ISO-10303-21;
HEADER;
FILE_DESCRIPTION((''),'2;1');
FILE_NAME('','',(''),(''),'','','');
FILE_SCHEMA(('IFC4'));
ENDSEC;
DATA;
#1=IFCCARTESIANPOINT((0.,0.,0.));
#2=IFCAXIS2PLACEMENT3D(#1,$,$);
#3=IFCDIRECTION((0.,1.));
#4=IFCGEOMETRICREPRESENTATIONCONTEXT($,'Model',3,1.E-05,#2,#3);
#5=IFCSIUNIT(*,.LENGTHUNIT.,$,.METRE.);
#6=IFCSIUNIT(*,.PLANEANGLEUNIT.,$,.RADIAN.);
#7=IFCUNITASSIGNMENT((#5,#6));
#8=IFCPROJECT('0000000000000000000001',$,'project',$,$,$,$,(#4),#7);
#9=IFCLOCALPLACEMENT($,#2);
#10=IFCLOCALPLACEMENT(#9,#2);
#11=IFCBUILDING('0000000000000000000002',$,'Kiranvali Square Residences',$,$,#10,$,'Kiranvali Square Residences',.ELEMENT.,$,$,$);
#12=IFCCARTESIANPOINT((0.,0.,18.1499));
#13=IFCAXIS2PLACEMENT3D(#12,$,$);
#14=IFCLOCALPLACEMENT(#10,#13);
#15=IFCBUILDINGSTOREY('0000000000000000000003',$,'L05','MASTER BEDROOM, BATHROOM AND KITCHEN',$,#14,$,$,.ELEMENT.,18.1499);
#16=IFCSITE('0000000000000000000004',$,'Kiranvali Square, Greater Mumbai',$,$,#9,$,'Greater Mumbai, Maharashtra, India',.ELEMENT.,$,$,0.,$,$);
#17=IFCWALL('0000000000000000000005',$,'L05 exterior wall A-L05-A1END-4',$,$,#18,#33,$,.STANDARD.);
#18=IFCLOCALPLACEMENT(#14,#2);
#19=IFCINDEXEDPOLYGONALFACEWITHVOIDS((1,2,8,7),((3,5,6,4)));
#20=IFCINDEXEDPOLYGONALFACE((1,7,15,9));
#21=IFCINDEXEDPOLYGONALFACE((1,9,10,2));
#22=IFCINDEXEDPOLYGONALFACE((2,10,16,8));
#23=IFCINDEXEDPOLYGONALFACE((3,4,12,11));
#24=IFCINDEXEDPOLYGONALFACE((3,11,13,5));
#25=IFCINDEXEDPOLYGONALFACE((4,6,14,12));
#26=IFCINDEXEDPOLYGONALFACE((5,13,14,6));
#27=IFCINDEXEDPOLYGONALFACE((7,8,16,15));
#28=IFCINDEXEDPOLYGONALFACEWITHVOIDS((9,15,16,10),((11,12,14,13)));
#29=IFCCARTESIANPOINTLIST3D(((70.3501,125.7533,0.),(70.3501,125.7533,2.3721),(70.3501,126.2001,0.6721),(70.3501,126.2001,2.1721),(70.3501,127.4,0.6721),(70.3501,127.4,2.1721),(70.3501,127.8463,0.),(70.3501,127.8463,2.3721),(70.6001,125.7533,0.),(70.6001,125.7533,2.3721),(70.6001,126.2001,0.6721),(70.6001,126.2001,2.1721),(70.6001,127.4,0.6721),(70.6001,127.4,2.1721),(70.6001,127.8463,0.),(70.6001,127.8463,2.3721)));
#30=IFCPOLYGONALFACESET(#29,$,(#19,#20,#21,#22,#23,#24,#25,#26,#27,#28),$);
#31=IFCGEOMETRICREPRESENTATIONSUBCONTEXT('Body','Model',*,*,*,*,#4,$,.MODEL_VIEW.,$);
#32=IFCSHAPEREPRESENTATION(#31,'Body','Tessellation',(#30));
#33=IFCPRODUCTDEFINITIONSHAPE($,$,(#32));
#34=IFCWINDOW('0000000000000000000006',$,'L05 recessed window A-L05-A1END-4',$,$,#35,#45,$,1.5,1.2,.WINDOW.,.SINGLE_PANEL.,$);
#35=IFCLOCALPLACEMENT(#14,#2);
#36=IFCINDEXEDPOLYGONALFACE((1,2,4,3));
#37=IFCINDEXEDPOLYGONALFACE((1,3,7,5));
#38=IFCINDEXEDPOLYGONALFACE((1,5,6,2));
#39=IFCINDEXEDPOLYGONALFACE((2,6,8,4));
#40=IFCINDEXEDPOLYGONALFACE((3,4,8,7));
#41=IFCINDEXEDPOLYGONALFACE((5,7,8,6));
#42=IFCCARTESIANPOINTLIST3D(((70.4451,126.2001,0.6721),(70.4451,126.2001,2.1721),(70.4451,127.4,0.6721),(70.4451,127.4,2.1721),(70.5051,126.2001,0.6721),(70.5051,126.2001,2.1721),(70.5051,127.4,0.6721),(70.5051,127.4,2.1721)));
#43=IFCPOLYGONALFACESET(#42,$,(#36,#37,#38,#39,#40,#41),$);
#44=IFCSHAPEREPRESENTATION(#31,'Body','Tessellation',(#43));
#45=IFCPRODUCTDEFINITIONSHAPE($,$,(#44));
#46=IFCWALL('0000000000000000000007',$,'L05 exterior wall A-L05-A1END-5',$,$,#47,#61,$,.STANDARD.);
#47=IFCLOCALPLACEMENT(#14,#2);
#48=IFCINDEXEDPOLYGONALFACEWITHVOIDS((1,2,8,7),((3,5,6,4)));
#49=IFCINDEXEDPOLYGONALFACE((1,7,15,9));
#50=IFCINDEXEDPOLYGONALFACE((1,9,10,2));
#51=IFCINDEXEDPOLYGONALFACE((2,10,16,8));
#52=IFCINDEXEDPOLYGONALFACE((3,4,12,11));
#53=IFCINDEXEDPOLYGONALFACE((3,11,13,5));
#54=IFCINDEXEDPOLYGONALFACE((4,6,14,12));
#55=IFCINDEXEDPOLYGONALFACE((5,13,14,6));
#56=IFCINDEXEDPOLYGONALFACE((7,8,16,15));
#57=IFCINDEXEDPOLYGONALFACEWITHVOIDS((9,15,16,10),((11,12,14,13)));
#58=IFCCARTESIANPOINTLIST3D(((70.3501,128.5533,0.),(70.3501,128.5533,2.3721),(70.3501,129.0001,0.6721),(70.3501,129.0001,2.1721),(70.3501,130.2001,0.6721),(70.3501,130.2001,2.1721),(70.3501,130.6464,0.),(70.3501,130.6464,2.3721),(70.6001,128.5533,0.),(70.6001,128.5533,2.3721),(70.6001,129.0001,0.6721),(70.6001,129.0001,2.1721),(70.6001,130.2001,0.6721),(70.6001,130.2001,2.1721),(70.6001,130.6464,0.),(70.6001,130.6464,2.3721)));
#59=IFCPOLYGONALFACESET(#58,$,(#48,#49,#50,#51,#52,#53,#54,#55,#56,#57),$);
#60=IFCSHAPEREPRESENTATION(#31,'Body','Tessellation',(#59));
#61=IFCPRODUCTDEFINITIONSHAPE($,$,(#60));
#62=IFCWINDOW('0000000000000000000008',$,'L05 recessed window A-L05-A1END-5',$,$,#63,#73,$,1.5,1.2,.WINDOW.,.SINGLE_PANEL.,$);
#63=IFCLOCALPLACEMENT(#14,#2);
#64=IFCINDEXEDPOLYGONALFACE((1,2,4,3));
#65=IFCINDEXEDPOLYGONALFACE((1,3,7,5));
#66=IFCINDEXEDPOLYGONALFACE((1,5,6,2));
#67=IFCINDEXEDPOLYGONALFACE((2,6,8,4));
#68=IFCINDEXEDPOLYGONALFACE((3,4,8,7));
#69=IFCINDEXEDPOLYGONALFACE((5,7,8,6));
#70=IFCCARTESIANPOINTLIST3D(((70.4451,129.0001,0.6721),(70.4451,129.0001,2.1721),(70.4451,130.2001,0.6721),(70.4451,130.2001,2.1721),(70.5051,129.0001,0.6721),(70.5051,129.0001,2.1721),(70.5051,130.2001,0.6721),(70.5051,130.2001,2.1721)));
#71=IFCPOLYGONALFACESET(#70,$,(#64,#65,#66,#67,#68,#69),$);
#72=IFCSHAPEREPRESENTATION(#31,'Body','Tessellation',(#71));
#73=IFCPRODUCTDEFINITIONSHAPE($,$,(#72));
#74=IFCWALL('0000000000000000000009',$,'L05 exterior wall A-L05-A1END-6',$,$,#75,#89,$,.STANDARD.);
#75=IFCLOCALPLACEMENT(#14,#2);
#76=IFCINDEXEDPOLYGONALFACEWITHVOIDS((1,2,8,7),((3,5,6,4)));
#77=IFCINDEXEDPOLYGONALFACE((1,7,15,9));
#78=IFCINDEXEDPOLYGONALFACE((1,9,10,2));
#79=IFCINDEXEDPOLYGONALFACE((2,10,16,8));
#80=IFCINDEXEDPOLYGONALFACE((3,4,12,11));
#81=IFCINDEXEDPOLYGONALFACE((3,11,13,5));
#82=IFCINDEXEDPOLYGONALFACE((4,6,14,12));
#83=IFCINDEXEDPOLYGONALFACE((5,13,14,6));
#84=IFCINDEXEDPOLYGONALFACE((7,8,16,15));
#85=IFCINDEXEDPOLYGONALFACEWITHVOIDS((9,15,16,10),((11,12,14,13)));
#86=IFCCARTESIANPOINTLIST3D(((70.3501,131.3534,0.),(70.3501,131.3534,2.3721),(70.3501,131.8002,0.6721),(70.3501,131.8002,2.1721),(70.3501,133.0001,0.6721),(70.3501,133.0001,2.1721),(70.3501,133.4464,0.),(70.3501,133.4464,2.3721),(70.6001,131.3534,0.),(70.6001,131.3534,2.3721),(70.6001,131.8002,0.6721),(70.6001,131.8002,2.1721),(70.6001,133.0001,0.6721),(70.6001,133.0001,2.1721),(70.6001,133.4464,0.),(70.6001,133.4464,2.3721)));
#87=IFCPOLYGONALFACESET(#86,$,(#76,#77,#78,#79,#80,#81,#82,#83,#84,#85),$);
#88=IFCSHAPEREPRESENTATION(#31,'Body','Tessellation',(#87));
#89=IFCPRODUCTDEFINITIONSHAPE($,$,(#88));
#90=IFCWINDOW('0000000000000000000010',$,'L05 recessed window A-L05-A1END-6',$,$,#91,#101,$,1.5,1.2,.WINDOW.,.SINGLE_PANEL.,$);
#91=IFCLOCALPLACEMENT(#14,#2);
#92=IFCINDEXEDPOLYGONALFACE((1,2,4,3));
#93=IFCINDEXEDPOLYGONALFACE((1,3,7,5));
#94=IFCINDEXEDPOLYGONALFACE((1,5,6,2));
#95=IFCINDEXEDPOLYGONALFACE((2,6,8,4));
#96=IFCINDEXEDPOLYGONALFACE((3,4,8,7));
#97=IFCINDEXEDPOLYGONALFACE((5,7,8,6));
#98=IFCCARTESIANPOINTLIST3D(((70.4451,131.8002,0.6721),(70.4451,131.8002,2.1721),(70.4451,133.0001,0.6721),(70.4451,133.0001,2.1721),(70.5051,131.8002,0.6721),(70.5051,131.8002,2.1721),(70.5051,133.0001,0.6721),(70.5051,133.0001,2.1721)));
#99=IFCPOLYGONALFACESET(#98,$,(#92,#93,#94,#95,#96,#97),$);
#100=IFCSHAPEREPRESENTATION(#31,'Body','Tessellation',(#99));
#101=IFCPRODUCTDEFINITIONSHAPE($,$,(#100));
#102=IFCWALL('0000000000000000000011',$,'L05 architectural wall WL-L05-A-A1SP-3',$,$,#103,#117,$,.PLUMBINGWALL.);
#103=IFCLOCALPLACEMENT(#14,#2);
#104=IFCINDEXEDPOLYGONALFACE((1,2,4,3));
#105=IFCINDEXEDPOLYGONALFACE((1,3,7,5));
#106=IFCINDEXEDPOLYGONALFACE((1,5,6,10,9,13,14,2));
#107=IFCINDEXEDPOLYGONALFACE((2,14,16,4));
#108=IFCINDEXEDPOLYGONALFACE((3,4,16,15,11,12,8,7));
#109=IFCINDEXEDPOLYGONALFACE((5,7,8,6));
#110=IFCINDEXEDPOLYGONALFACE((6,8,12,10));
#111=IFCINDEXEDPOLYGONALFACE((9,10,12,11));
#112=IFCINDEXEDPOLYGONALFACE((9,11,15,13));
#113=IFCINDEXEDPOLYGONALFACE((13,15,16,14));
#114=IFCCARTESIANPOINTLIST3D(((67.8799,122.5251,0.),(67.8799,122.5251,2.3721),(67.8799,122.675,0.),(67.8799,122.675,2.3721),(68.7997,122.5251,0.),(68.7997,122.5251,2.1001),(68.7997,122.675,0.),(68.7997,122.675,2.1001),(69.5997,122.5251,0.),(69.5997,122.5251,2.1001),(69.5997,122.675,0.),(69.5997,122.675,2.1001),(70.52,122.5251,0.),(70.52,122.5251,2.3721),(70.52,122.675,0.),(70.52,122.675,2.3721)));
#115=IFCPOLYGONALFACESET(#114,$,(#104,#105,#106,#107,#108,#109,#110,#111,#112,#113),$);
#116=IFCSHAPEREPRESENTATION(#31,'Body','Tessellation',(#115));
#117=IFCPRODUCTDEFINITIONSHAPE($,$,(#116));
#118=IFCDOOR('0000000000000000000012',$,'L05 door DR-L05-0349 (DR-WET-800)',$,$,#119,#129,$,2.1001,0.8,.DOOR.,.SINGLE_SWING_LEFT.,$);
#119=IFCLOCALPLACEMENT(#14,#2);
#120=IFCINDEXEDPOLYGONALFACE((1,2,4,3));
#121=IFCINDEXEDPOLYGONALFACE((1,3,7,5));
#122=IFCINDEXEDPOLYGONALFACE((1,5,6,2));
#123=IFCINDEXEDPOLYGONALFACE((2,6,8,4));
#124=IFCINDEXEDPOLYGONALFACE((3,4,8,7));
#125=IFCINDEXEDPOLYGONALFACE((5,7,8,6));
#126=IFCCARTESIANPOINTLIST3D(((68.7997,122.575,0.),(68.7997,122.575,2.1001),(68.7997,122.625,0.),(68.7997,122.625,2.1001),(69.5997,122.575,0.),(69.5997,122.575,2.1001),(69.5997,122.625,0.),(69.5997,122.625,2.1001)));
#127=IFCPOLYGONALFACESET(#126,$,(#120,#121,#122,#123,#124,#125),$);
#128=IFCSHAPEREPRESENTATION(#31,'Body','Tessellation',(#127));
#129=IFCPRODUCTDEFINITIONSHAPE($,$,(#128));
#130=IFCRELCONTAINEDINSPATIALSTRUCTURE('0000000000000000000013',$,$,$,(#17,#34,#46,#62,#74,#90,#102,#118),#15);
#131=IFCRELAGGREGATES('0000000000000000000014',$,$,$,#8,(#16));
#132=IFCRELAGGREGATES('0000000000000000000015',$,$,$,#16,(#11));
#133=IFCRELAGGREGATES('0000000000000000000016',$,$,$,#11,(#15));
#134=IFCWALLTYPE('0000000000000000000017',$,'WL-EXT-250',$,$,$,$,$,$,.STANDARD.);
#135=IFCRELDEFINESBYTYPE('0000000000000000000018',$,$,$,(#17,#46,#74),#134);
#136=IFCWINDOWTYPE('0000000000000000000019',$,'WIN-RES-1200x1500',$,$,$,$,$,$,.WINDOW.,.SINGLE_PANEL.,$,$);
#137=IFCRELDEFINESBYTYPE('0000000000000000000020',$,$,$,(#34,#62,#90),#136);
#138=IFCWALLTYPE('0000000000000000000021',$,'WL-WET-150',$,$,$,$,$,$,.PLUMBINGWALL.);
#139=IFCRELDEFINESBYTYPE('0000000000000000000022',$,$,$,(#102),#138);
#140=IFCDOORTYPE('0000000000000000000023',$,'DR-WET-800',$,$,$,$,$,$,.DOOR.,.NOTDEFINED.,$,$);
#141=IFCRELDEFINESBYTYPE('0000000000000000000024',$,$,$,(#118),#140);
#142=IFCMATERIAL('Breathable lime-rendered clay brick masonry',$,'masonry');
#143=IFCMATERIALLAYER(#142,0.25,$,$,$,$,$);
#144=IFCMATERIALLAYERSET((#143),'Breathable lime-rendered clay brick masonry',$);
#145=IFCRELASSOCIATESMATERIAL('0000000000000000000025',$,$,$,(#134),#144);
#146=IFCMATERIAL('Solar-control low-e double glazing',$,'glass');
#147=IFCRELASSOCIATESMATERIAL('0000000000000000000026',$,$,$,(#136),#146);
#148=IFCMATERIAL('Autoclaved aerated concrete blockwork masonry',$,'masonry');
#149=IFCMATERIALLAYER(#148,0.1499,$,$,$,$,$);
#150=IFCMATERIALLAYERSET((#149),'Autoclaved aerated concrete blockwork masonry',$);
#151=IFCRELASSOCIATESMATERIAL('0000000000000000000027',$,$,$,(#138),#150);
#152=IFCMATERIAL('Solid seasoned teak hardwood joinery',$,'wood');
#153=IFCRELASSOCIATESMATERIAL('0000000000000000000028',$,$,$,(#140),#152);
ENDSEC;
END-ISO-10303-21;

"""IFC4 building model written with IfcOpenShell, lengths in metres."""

from ifc_helpers import new_model, si_unit, direction, frame, frame_2d, origin, place, context, subcontext, project, spatial, rectangle, extrude, material, layer, layer_set, type_object, element, fill, save


model = new_model("IFC4")

# Units and contexts
model_context = context("Model", 3, precision=1e-05, world=origin(), true_north=direction((0.0, 1.0)))
body_context = subcontext(model_context, "Body", "Model", "MODEL_VIEW")
ifc_project = project(units=[si_unit("LENGTHUNIT", "METRE"), si_unit("PLANEANGLEUNIT", "RADIAN")], contexts=[model_context])

# Site, building, storey
site_placement = place(None, origin())
site = spatial("IfcSite", under=ifc_project, at=site_placement, Name="Kiranvali Square, Greater Mumbai", LongName="Greater Mumbai, Maharashtra, India", CompositionType="ELEMENT", RefElevation=0.0)
building_placement = place(site_placement, origin())
building = spatial("IfcBuilding", under=site, at=building_placement, Name="Kiranvali Square Residences", LongName="Kiranvali Square Residences", CompositionType="ELEMENT")
storey_placement = place(building_placement, frame((0.0, 0.0, 18.1499)))
storey = spatial("IfcBuildingStorey", under=building, at=storey_placement, Name="L05", Description="MASTER BEDROOM, BATHROOM AND KITCHEN", CompositionType="ELEMENT", Elevation=18.1499)

# Walls, openings, windows
ifc_material_1 = material(Name="Breathable lime-rendered clay brick masonry", Category="masonry")
ifc_layer_1 = layer(ifc_material_1, 0.25)
ifc_layer_set_1 = layer_set([ifc_layer_1], Name="Breathable lime-rendered clay brick masonry")
wall_type_1 = type_object("IfcWallType", Name="WL-EXT-250", PredefinedType="STANDARD", material=ifc_layer_set_1)
ifc_material_2 = material(Name="Solar-control low-e double glazing", Category="glass")
window_type_1 = type_object("IfcWindowType", Name="WIN-RES-1200x1500", PartitioningType="SINGLE_PANEL", PredefinedType="WINDOW", material=ifc_material_2)
wall_1_placement = place(storey_placement, frame((70.4751, 125.7534, 0.0), z_axis=(0.0, 0.0, 1.0), x_axis=(0.0, 1.0, 0.0)))
wall_1 = element("IfcWall", 1, at=wall_1_placement, inside=storey, type_object=wall_type_1, Name="L05 exterior wall A-L05-A1END-4", PredefinedType="STANDARD", context=body_context, shape_type="SweptSolid", body=[
    extrude(rectangle(XDim=2.093, YDim=0.25, at=frame_2d((1.0464, 0.0))), origin(), (0.0, 0.0, 1.0), 2.3721),
])
opening_1_placement = place(wall_1_placement, frame((0.4465, 0.0, 0.6721)))
opening_1 = element("IfcOpeningElement", 2, at=opening_1_placement, cuts=wall_1, PredefinedType="OPENING", context=body_context, shape_type="SweptSolid", body=[
    extrude(rectangle(XDim=1.2, YDim=1.5, at=frame_2d((0.6001, 0.75))), frame((0.0, 0.135, 0.0), z_axis=(0.0, -1.0, 0.0), x_axis=(1.0, 0.0, 0.0)), (0.0, 0.0, 1.0), 0.27),
])
window_1_placement = place(opening_1_placement, origin())
window_1 = element("IfcWindow", 3, at=window_1_placement, inside=storey, type_object=window_type_1, Name="L05 recessed window A-L05-A1END-4", OverallHeight=1.5, OverallWidth=1.2, PartitioningType="SINGLE_PANEL", PredefinedType="WINDOW", context=body_context, shape_type="SweptSolid", body=[
    extrude(rectangle(XDim=1.2, YDim=1.5, at=frame_2d((0.6001, 0.75))), frame((0.0, 0.03, 0.0), z_axis=(0.0, -1.0, 0.0), x_axis=(1.0, 0.0, 0.0)), (0.0, 0.0, 1.0), 0.0601),
])
fill(opening_1, window_1)
wall_2_placement = place(storey_placement, frame((70.4751, 128.5535, 0.0), z_axis=(0.0, 0.0, 1.0), x_axis=(0.0, 1.0, 0.0)))
wall_2 = element("IfcWall", 4, at=wall_2_placement, inside=storey, type_object=wall_type_1, Name="L05 exterior wall A-L05-A1END-5", PredefinedType="STANDARD", context=body_context, shape_type="SweptSolid", body=[
    extrude(rectangle(XDim=2.093, YDim=0.25, at=frame_2d((1.0464, 0.0))), origin(), (0.0, 0.0, 1.0), 2.3721),
])
opening_2_placement = place(wall_2_placement, frame((0.4465, 0.0, 0.6721)))
opening_2 = element("IfcOpeningElement", 5, at=opening_2_placement, cuts=wall_2, PredefinedType="OPENING", context=body_context, shape_type="SweptSolid", body=[
    extrude(rectangle(XDim=1.2, YDim=1.5, at=frame_2d((0.6001, 0.75))), frame((0.0, 0.135, 0.0), z_axis=(0.0, -1.0, 0.0), x_axis=(1.0, 0.0, 0.0)), (0.0, 0.0, 1.0), 0.27),
])
window_2_placement = place(opening_2_placement, origin())
window_2 = element("IfcWindow", 6, at=window_2_placement, inside=storey, type_object=window_type_1, Name="L05 recessed window A-L05-A1END-5", OverallHeight=1.5, OverallWidth=1.2, PartitioningType="SINGLE_PANEL", PredefinedType="WINDOW", context=body_context, shape_type="SweptSolid", body=[
    extrude(rectangle(XDim=1.2, YDim=1.5, at=frame_2d((0.6001, 0.75))), frame((0.0, 0.03, 0.0), z_axis=(0.0, -1.0, 0.0), x_axis=(1.0, 0.0, 0.0)), (0.0, 0.0, 1.0), 0.0601),
])
fill(opening_2, window_2)
wall_3_placement = place(storey_placement, frame((70.4751, 131.3535, 0.0), z_axis=(0.0, 0.0, 1.0), x_axis=(0.0, 1.0, 0.0)))
wall_3 = element("IfcWall", 7, at=wall_3_placement, inside=storey, type_object=wall_type_1, Name="L05 exterior wall A-L05-A1END-6", PredefinedType="STANDARD", context=body_context, shape_type="SweptSolid", body=[
    extrude(rectangle(XDim=2.093, YDim=0.25, at=frame_2d((1.0464, 0.0))), origin(), (0.0, 0.0, 1.0), 2.3721),
])
opening_3_placement = place(wall_3_placement, frame((0.4465, 0.0, 0.6721)))
opening_3 = element("IfcOpeningElement", 8, at=opening_3_placement, cuts=wall_3, PredefinedType="OPENING", context=body_context, shape_type="SweptSolid", body=[
    extrude(rectangle(XDim=1.2, YDim=1.5, at=frame_2d((0.6001, 0.75))), frame((0.0, 0.135, 0.0), z_axis=(0.0, -1.0, 0.0), x_axis=(1.0, 0.0, 0.0)), (0.0, 0.0, 1.0), 0.27),
])
window_3_placement = place(opening_3_placement, origin())
window_3 = element("IfcWindow", 9, at=window_3_placement, inside=storey, type_object=window_type_1, Name="L05 recessed window A-L05-A1END-6", OverallHeight=1.5, OverallWidth=1.2, PartitioningType="SINGLE_PANEL", PredefinedType="WINDOW", context=body_context, shape_type="SweptSolid", body=[
    extrude(rectangle(XDim=1.2, YDim=1.5, at=frame_2d((0.6001, 0.75))), frame((0.0, 0.03, 0.0), z_axis=(0.0, -1.0, 0.0), x_axis=(1.0, 0.0, 0.0)), (0.0, 0.0, 1.0), 0.0601),
])
fill(opening_3, window_3)

# Wall, opening, door
ifc_material_3 = material(Name="Autoclaved aerated concrete blockwork masonry", Category="masonry")
ifc_layer_2 = layer(ifc_material_3, 0.1499)
ifc_layer_set_2 = layer_set([ifc_layer_2], Name="Autoclaved aerated concrete blockwork masonry")
wall_type_2 = type_object("IfcWallType", Name="WL-WET-150", PredefinedType="PLUMBINGWALL", material=ifc_layer_set_2)
wall_4_placement = place(storey_placement, frame((67.8799, 122.6001, 0.0), z_axis=(0.0, 0.0, 1.0), x_axis=(1.0, 0.0, 0.0)))
wall_4 = element("IfcWall", 10, at=wall_4_placement, inside=storey, type_object=wall_type_2, Name="L05 architectural wall WL-L05-A-A1SP-3", PredefinedType="PLUMBINGWALL", context=body_context, shape_type="SweptSolid", body=[
    extrude(rectangle(XDim=2.6401, YDim=0.1499, at=frame_2d((1.3201, 0.0))), origin(), (0.0, 0.0, 1.0), 2.3721),
])
opening_4_placement = place(wall_4_placement, frame((0.9199, 0.0, 0.0)))
opening_4 = element("IfcOpeningElement", 11, at=opening_4_placement, cuts=wall_4, PredefinedType="OPENING", context=body_context, shape_type="SweptSolid", body=[
    extrude(rectangle(XDim=0.8, YDim=2.1001, at=frame_2d((0.3999, 1.05))), frame((0.0, 0.085, 0.0), z_axis=(0.0, -1.0, 0.0), x_axis=(1.0, 0.0, 0.0)), (0.0, 0.0, 1.0), 0.1699),
])
ifc_material_4 = material(Name="Solid seasoned teak hardwood joinery", Category="wood")
door_type = type_object("IfcDoorType", Name="DR-WET-800", OperationType="NOTDEFINED", PredefinedType="DOOR", material=ifc_material_4)
door_placement = place(opening_4_placement, origin())
door = element("IfcDoor", 12, at=door_placement, inside=storey, type_object=door_type, Name="L05 door DR-L05-0349 (DR-WET-800)", OperationType="SINGLE_SWING_LEFT", OverallHeight=2.1001, OverallWidth=0.8, PredefinedType="DOOR", context=body_context, shape_type="SweptSolid", body=[
    extrude(rectangle(XDim=0.8, YDim=2.1001, at=frame_2d((0.3999, 1.05))), frame((0.0, 0.0249, 0.0), z_axis=(0.0, -1.0, 0.0), x_axis=(1.0, 0.0, 0.0)), (0.0, 0.0, 1.0), 0.05),
])
fill(opening_4, door)

save(model, "model.ifc")
